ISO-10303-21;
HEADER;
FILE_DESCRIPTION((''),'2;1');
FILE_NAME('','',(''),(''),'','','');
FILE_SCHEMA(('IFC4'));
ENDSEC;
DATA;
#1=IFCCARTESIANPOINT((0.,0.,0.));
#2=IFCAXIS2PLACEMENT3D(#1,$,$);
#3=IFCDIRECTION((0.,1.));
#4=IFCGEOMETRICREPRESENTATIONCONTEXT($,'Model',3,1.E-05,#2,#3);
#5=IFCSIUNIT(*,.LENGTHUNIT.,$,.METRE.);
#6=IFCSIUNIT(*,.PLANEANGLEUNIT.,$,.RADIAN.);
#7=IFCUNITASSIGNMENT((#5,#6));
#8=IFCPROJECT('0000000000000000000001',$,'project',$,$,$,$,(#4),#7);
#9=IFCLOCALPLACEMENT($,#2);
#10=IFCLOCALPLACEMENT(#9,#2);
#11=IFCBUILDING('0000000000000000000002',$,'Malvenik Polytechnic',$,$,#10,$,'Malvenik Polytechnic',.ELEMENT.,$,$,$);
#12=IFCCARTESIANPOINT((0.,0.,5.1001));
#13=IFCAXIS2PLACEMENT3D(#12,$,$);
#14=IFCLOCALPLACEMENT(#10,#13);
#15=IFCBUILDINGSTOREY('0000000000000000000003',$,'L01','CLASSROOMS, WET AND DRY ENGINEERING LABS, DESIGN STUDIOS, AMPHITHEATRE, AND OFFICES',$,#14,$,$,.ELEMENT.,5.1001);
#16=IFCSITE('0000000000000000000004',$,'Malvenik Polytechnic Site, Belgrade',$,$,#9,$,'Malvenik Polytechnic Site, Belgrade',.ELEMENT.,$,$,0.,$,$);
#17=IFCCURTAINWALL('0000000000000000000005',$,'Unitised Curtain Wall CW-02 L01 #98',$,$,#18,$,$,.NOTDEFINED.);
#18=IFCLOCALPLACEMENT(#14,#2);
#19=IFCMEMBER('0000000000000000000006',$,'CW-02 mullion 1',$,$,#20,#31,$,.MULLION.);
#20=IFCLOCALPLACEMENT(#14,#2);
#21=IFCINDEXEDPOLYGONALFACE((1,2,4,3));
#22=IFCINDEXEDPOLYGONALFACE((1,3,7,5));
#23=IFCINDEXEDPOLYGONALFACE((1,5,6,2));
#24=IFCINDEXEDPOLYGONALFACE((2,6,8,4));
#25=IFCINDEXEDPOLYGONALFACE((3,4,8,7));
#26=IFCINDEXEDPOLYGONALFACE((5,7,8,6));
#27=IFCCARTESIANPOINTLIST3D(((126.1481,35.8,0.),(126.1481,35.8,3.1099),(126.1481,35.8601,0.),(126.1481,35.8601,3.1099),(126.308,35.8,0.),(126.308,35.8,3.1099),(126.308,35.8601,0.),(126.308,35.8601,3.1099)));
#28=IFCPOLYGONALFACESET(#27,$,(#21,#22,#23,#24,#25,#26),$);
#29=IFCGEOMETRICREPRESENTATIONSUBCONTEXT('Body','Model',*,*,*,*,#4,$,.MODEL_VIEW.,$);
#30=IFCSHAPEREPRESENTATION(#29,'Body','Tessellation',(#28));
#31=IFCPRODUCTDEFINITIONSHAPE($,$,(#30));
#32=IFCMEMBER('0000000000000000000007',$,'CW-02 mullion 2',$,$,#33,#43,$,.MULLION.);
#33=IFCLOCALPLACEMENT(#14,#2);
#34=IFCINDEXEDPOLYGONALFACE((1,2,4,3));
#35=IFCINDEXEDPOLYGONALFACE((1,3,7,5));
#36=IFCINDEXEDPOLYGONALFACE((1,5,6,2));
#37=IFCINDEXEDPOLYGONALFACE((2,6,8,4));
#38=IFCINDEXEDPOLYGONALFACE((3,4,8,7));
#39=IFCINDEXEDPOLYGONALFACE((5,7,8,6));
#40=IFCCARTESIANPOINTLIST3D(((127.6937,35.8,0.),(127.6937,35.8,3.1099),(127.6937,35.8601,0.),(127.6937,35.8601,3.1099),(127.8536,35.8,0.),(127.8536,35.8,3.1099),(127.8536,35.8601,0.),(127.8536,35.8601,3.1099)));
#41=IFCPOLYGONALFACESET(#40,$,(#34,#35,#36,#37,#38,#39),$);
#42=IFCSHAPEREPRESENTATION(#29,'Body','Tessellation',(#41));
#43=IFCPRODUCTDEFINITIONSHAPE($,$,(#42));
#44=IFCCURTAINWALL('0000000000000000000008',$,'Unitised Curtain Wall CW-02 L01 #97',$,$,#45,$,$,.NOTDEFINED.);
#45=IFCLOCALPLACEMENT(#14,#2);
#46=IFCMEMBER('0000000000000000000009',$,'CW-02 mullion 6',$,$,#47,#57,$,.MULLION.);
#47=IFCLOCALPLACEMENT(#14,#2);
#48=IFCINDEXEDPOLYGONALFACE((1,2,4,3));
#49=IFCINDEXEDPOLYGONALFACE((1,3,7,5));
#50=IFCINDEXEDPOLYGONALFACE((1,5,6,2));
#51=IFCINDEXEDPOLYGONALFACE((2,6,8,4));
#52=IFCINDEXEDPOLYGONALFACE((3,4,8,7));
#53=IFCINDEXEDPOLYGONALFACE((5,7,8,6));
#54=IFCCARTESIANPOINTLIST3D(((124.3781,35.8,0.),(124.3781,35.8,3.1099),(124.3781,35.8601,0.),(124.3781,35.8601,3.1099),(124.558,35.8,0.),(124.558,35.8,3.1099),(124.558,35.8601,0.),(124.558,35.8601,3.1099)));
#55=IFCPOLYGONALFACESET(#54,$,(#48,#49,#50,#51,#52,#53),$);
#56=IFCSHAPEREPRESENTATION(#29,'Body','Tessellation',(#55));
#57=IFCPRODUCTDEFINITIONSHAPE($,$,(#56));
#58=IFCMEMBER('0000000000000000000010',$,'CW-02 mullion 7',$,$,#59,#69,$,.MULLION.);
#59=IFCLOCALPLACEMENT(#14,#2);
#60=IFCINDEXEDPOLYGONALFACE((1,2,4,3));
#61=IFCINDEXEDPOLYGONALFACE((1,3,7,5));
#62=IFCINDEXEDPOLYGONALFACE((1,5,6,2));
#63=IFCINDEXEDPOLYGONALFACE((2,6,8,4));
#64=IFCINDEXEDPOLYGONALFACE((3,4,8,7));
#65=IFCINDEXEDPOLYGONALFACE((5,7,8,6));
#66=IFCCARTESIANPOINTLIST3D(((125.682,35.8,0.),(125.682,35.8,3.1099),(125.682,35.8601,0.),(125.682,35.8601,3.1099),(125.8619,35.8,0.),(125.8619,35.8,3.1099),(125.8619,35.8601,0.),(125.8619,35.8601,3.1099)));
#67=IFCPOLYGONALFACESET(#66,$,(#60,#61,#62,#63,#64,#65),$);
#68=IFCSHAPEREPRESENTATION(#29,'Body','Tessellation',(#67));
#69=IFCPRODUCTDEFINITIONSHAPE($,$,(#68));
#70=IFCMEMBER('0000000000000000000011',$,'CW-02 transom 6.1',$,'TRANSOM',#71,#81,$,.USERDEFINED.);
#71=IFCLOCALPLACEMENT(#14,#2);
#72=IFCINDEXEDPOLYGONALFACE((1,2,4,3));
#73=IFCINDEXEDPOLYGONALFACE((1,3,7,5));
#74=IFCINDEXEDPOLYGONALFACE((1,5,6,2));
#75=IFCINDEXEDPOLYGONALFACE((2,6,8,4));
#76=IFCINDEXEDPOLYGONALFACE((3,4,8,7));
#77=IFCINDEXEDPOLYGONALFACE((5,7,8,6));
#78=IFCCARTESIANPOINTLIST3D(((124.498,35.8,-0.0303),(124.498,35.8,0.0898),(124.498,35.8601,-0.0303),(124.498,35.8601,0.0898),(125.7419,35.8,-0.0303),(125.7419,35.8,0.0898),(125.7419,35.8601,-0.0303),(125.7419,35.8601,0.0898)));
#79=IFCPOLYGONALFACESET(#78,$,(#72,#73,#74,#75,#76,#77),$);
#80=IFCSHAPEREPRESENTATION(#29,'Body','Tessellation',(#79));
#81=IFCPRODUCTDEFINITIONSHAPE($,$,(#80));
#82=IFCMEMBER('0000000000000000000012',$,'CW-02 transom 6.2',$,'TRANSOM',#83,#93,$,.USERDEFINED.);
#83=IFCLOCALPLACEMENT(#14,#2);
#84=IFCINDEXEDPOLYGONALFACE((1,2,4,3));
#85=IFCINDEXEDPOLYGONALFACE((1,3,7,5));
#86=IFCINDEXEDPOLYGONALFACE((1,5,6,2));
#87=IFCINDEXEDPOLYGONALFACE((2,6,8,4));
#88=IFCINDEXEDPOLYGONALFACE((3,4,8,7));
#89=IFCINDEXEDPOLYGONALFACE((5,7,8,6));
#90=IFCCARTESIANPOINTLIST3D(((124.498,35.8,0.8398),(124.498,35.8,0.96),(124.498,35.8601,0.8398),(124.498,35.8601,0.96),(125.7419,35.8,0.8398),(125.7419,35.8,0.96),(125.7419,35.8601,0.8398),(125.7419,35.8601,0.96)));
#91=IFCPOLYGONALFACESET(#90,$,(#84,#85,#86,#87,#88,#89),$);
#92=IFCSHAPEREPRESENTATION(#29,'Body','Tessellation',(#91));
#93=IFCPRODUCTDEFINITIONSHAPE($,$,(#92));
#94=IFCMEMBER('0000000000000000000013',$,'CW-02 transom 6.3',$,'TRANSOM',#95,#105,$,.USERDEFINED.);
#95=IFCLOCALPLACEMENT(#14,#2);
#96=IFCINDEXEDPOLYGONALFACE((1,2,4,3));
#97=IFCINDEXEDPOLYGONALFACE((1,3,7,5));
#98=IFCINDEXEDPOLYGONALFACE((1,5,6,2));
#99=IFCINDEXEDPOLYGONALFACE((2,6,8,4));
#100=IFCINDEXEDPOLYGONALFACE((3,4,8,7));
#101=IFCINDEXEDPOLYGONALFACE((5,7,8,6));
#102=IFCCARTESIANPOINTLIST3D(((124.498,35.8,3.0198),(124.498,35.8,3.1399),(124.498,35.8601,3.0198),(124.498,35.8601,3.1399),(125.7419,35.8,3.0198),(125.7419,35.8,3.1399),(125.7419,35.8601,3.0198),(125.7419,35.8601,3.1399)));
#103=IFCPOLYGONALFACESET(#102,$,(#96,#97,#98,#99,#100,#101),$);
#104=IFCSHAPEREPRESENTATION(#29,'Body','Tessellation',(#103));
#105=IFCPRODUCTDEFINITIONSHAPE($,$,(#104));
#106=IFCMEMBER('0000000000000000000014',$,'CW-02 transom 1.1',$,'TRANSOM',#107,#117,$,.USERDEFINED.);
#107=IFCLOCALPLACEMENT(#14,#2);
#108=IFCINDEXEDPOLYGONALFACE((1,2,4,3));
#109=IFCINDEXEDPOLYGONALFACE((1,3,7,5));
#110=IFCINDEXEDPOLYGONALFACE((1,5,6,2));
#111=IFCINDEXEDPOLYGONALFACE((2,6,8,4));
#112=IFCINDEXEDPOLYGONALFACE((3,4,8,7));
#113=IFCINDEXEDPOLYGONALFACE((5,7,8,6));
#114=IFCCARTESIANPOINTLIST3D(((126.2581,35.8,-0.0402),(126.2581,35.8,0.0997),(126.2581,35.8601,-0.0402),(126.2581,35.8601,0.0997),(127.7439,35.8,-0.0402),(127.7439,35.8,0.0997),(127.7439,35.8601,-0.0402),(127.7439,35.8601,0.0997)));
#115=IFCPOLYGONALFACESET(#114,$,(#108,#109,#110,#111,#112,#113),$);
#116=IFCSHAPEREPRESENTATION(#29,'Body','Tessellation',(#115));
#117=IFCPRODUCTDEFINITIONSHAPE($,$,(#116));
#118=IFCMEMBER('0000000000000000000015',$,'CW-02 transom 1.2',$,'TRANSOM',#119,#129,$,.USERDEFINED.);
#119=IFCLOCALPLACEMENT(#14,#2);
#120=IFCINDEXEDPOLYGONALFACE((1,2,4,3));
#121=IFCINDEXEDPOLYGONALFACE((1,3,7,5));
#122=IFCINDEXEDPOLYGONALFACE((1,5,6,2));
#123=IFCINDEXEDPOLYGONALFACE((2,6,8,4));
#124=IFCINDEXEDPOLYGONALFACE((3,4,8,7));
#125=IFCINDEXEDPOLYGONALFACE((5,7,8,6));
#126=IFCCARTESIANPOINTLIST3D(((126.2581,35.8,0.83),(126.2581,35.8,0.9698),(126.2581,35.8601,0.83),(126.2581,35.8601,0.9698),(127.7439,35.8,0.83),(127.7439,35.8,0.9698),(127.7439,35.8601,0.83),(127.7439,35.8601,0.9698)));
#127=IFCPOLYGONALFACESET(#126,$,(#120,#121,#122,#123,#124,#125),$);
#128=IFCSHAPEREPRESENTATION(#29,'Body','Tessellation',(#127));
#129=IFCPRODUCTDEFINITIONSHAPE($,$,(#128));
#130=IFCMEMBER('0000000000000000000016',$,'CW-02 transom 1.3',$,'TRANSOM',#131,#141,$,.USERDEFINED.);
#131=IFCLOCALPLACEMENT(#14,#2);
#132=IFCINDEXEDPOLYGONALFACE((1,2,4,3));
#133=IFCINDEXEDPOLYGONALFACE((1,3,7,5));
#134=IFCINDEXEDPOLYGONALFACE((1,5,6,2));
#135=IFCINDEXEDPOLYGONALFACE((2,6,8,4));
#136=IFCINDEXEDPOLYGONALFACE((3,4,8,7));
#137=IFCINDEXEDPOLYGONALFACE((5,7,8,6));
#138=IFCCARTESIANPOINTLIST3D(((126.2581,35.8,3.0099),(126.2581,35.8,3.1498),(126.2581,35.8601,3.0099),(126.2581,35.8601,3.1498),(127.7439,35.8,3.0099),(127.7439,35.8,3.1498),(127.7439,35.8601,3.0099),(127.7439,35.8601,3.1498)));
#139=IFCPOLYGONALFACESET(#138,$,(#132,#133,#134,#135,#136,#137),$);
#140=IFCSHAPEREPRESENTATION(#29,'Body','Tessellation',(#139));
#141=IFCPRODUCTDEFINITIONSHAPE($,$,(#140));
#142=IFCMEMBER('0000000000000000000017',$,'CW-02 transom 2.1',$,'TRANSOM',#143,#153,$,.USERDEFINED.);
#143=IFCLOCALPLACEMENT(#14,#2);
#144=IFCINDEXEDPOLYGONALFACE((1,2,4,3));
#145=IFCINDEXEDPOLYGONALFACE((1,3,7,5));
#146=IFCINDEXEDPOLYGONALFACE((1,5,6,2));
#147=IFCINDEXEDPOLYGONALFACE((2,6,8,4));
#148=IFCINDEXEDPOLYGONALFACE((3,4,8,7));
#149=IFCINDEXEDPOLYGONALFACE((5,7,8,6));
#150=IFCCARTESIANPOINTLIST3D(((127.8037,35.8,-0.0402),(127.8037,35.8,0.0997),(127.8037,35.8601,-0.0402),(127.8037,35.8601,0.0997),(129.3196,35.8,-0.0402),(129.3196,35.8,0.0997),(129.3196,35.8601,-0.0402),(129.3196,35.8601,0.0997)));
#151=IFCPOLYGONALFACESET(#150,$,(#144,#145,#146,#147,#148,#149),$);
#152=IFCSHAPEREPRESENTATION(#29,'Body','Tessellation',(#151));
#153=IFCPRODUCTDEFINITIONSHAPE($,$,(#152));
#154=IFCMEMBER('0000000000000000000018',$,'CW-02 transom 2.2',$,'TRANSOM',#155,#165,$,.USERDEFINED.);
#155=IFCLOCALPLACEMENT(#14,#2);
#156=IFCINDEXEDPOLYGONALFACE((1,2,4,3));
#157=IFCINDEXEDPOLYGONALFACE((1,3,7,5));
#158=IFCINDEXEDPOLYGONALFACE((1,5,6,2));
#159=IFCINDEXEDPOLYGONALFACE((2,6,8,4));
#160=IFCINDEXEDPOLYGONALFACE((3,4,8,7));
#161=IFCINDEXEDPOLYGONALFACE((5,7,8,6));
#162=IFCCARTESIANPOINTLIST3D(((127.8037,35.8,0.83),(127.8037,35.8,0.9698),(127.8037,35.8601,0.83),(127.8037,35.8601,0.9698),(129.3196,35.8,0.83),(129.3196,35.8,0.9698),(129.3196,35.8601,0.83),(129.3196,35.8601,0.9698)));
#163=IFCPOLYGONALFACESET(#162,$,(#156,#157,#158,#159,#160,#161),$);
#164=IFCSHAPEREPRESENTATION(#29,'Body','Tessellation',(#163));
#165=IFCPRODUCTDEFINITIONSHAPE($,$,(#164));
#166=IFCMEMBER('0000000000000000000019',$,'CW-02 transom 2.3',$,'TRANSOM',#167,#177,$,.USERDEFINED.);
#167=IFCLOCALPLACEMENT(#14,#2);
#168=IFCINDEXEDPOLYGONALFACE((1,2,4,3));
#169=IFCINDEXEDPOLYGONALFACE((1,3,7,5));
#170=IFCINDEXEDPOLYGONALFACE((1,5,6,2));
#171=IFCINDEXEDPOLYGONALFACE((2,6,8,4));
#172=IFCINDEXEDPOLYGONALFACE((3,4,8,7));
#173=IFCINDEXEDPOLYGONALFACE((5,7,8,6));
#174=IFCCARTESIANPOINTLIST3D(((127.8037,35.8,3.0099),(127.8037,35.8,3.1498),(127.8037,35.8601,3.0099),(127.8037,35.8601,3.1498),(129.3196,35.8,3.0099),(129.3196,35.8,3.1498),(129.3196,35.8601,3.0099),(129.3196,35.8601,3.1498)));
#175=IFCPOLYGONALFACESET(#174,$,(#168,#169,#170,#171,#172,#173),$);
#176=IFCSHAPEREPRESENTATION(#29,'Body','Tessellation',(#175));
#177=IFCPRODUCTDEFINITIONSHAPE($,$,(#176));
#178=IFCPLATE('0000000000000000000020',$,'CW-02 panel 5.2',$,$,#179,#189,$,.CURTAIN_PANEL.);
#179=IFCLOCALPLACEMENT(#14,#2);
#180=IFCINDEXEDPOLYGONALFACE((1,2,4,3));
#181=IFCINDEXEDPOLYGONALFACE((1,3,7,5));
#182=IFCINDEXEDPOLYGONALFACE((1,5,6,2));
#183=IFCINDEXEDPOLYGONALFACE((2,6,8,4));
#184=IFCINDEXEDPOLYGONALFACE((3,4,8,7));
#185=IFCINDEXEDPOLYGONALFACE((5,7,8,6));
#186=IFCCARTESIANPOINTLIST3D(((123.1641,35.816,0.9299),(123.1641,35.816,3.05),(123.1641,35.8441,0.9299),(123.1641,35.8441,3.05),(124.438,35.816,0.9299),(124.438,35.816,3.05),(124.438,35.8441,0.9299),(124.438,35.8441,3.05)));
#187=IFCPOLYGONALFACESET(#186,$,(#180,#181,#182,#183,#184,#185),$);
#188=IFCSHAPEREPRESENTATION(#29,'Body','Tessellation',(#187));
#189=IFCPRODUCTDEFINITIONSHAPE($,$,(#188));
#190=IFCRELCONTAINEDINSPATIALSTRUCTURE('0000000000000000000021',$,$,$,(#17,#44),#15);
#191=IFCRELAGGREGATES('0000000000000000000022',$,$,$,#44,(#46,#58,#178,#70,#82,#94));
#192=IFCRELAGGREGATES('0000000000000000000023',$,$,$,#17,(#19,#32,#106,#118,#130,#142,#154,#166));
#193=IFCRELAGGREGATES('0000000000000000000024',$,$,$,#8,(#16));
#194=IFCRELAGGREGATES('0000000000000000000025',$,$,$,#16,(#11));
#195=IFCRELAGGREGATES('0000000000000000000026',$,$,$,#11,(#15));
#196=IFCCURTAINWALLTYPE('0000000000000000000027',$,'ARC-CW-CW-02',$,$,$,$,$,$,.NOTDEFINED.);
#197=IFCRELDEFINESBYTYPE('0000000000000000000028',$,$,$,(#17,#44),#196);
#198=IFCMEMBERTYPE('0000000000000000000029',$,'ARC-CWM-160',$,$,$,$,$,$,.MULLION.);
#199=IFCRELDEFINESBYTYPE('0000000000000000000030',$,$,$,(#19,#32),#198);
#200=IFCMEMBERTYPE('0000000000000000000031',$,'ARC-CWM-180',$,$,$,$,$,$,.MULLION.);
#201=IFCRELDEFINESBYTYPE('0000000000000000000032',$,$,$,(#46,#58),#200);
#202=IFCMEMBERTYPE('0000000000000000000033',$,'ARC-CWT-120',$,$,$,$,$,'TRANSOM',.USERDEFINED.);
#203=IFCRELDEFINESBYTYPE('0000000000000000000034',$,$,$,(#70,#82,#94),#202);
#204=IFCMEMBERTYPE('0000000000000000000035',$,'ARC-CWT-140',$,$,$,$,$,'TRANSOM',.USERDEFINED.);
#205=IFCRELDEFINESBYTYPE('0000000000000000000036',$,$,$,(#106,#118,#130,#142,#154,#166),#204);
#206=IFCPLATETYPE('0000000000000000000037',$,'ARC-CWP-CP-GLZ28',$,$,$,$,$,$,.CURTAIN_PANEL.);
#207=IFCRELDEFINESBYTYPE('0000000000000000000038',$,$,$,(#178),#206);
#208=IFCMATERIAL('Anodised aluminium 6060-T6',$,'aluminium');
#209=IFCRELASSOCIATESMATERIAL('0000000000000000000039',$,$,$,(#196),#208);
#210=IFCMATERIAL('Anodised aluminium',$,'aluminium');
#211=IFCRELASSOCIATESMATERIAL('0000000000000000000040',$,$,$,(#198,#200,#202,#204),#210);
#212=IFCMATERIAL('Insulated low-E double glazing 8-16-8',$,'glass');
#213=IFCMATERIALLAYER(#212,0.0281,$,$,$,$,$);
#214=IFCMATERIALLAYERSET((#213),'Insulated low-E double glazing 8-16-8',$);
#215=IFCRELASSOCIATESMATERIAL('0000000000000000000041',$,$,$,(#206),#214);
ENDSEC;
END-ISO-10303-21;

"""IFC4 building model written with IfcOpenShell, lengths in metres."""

from ifc_helpers import new_model, si_unit, direction, frame, origin, origin_2d, place, context, subcontext, project, spatial, rectangle, extrude, material, layer, layer_set, material_profile, profile_set, type_object, element, aggregate, save


model = new_model("IFC4")

# Units and contexts
model_context = context("Model", 3, precision=1e-05, world=origin(), true_north=direction((0.0, 1.0)))
body_context = subcontext(model_context, "Body", "Model", "MODEL_VIEW")
ifc_project = project(units=[si_unit("LENGTHUNIT", "METRE"), si_unit("PLANEANGLEUNIT", "RADIAN")], contexts=[model_context])

# Site, building, storey
site_placement = place(None, origin())
site = spatial("IfcSite", under=ifc_project, at=site_placement, Name="Malvenik Polytechnic Site, Belgrade", LongName="Malvenik Polytechnic Site, Belgrade", CompositionType="ELEMENT", RefElevation=0.0)
building_placement = place(site_placement, origin())
building = spatial("IfcBuilding", under=site, at=building_placement, Name="Malvenik Polytechnic", LongName="Malvenik Polytechnic", CompositionType="ELEMENT")
storey_placement = place(building_placement, frame((0.0, 0.0, 5.1001)))
storey = spatial("IfcBuildingStorey", under=building, at=storey_placement, Name="L01", Description="CLASSROOMS, WET AND DRY ENGINEERING LABS, DESIGN STUDIOS, AMPHITHEATRE, AND OFFICES", CompositionType="ELEMENT", Elevation=5.1001)

# Curtain walls, members
ifc_material_1 = material(Name="Anodised aluminium 6060-T6", Category="aluminium")
curtain_wall_type = type_object("IfcCurtainWallType", Name="ARC-CW-CW-02", PredefinedType="NOTDEFINED", material=ifc_material_1)
curtain_wall_1_placement = place(storey_placement, origin())
curtain_wall_1 = element("IfcCurtainWall", 1, at=curtain_wall_1_placement, inside=storey, type_object=curtain_wall_type, Name="Unitised Curtain Wall CW-02 L01 #98", PredefinedType="NOTDEFINED")
ifc_material_2 = material(Name="Anodised aluminium", Category="aluminium")
ifc_material_profile_1 = material_profile(ifc_material_2, rectangle(XDim=0.0601, YDim=0.1599, at=origin_2d()), Name="ALU MULLION 60x160")
ifc_profile_set_1 = profile_set([ifc_material_profile_1], Name="Anodised aluminium")
member_type_1 = type_object("IfcMemberType", Name="ARC-CWM-160", PredefinedType="MULLION", material=ifc_profile_set_1)
member_1_placement = place(storey_placement, frame((126.228, 35.8301, 0.0), z_axis=(0.0, 0.0, 1.0), x_axis=(0.0, 1.0, 0.0)))
member_1 = element("IfcMember", 2, at=member_1_placement, type_object=member_type_1, Name="CW-02 mullion 1", PredefinedType="MULLION", context=body_context, shape_type="SweptSolid", body=[
    extrude(rectangle(XDim=0.0601, YDim=0.1599, at=origin_2d()), origin(), (0.0, 0.0, 1.0), 3.1099),
])
member_2_placement = place(storey_placement, frame((127.7737, 35.8301, 0.0), z_axis=(0.0, 0.0, 1.0), x_axis=(0.0, 1.0, 0.0)))
member_2 = element("IfcMember", 3, at=member_2_placement, type_object=member_type_1, Name="CW-02 mullion 2", PredefinedType="MULLION", context=body_context, shape_type="SweptSolid", body=[
    extrude(rectangle(XDim=0.0601, YDim=0.1599, at=origin_2d()), origin(), (0.0, 0.0, 1.0), 3.1099),
])
curtain_wall_2_placement = place(storey_placement, origin())
curtain_wall_2 = element("IfcCurtainWall", 4, at=curtain_wall_2_placement, inside=storey, type_object=curtain_wall_type, Name="Unitised Curtain Wall CW-02 L01 #97", PredefinedType="NOTDEFINED")
ifc_material_profile_2 = material_profile(ifc_material_2, rectangle(XDim=0.0601, YDim=0.1799, at=origin_2d()), Name="ALU MULLION 60x180")
ifc_profile_set_2 = profile_set([ifc_material_profile_2], Name="Anodised aluminium")
member_type_2 = type_object("IfcMemberType", Name="ARC-CWM-180", PredefinedType="MULLION", material=ifc_profile_set_2)
member_3_placement = place(storey_placement, frame((124.468, 35.8301, 0.0), z_axis=(0.0, 0.0, 1.0), x_axis=(0.0, 1.0, 0.0)))
member_3 = element("IfcMember", 5, at=member_3_placement, type_object=member_type_2, Name="CW-02 mullion 6", PredefinedType="MULLION", context=body_context, shape_type="SweptSolid", body=[
    extrude(rectangle(XDim=0.0601, YDim=0.1799, at=origin_2d()), origin(), (0.0, 0.0, 1.0), 3.1099),
])
member_4_placement = place(storey_placement, frame((125.772, 35.8301, 0.0), z_axis=(0.0, 0.0, 1.0), x_axis=(0.0, 1.0, 0.0)))
member_4 = element("IfcMember", 6, at=member_4_placement, type_object=member_type_2, Name="CW-02 mullion 7", PredefinedType="MULLION", context=body_context, shape_type="SweptSolid", body=[
    extrude(rectangle(XDim=0.0601, YDim=0.1799, at=origin_2d()), origin(), (0.0, 0.0, 1.0), 3.1099),
])
ifc_material_profile_3 = material_profile(ifc_material_2, rectangle(XDim=0.0601, YDim=0.1201, at=origin_2d()), Name="ALU TRANSOM 60x120")
ifc_profile_set_3 = profile_set([ifc_material_profile_3], Name="Anodised aluminium")
member_type_3 = type_object("IfcMemberType", Name="ARC-CWT-120", ElementType="TRANSOM", PredefinedType="USERDEFINED", material=ifc_profile_set_3)
member_5_placement = place(storey_placement, frame((124.498, 35.8301, 0.0298), z_axis=(1.0, 0.0, 0.0), x_axis=(0.0, 1.0, 0.0)))
member_5 = element("IfcMember", 7, at=member_5_placement, type_object=member_type_3, Name="CW-02 transom 6.1", ObjectType="TRANSOM", PredefinedType="USERDEFINED", context=body_context, shape_type="SweptSolid", body=[
    extrude(rectangle(XDim=0.0601, YDim=0.1201, at=origin_2d()), origin(), (0.0, 0.0, 1.0), 1.2439),
])
member_6_placement = place(storey_placement, frame((124.498, 35.8301, 0.8999), z_axis=(1.0, 0.0, 0.0), x_axis=(0.0, 1.0, 0.0)))
member_6 = element("IfcMember", 8, at=member_6_placement, type_object=member_type_3, Name="CW-02 transom 6.2", ObjectType="TRANSOM", PredefinedType="USERDEFINED", context=body_context, shape_type="SweptSolid", body=[
    extrude(rectangle(XDim=0.0601, YDim=0.1201, at=origin_2d()), origin(), (0.0, 0.0, 1.0), 1.2439),
])
member_7_placement = place(storey_placement, frame((124.498, 35.8301, 3.0798), z_axis=(1.0, 0.0, 0.0), x_axis=(0.0, 1.0, 0.0)))
member_7 = element("IfcMember", 9, at=member_7_placement, type_object=member_type_3, Name="CW-02 transom 6.3", ObjectType="TRANSOM", PredefinedType="USERDEFINED", context=body_context, shape_type="SweptSolid", body=[
    extrude(rectangle(XDim=0.0601, YDim=0.1201, at=origin_2d()), origin(), (0.0, 0.0, 1.0), 1.2439),
])

# Members
ifc_material_profile_4 = material_profile(ifc_material_2, rectangle(XDim=0.0601, YDim=0.1399, at=origin_2d()), Name="ALU TRANSOM 60x140")
ifc_profile_set_4 = profile_set([ifc_material_profile_4], Name="Anodised aluminium")
member_type_4 = type_object("IfcMemberType", Name="ARC-CWT-140", ElementType="TRANSOM", PredefinedType="USERDEFINED", material=ifc_profile_set_4)
member_8_placement = place(storey_placement, frame((126.2581, 35.8301, 0.0298), z_axis=(1.0, 0.0, 0.0), x_axis=(0.0, 1.0, 0.0)))
member_8 = element("IfcMember", 10, at=member_8_placement, type_object=member_type_4, Name="CW-02 transom 1.1", ObjectType="TRANSOM", PredefinedType="USERDEFINED", context=body_context, shape_type="SweptSolid", body=[
    extrude(rectangle(XDim=0.0601, YDim=0.1399, at=origin_2d()), origin(), (0.0, 0.0, 1.0), 1.4858),
])
member_9_placement = place(storey_placement, frame((126.2581, 35.8301, 0.8999), z_axis=(1.0, 0.0, 0.0), x_axis=(0.0, 1.0, 0.0)))
member_9 = element("IfcMember", 11, at=member_9_placement, type_object=member_type_4, Name="CW-02 transom 1.2", ObjectType="TRANSOM", PredefinedType="USERDEFINED", context=body_context, shape_type="SweptSolid", body=[
    extrude(rectangle(XDim=0.0601, YDim=0.1399, at=origin_2d()), origin(), (0.0, 0.0, 1.0), 1.4858),
])
member_10_placement = place(storey_placement, frame((126.2581, 35.8301, 3.0798), z_axis=(1.0, 0.0, 0.0), x_axis=(0.0, 1.0, 0.0)))
member_10 = element("IfcMember", 12, at=member_10_placement, type_object=member_type_4, Name="CW-02 transom 1.3", ObjectType="TRANSOM", PredefinedType="USERDEFINED", context=body_context, shape_type="SweptSolid", body=[
    extrude(rectangle(XDim=0.0601, YDim=0.1399, at=origin_2d()), origin(), (0.0, 0.0, 1.0), 1.4858),
])
member_11_placement = place(storey_placement, frame((127.8037, 35.8301, 0.0298), z_axis=(1.0, 0.0, 0.0), x_axis=(0.0, 1.0, 0.0)))
member_11 = element("IfcMember", 13, at=member_11_placement, type_object=member_type_4, Name="CW-02 transom 2.1", ObjectType="TRANSOM", PredefinedType="USERDEFINED", context=body_context, shape_type="SweptSolid", body=[
    extrude(rectangle(XDim=0.0601, YDim=0.1399, at=origin_2d()), origin(), (0.0, 0.0, 1.0), 1.5159),
])
member_12_placement = place(storey_placement, frame((127.8037, 35.8301, 0.8999), z_axis=(1.0, 0.0, 0.0), x_axis=(0.0, 1.0, 0.0)))
member_12 = element("IfcMember", 14, at=member_12_placement, type_object=member_type_4, Name="CW-02 transom 2.2", ObjectType="TRANSOM", PredefinedType="USERDEFINED", context=body_context, shape_type="SweptSolid", body=[
    extrude(rectangle(XDim=0.0601, YDim=0.1399, at=origin_2d()), origin(), (0.0, 0.0, 1.0), 1.5159),
])
member_13_placement = place(storey_placement, frame((127.8037, 35.8301, 3.0798), z_axis=(1.0, 0.0, 0.0), x_axis=(0.0, 1.0, 0.0)))
member_13 = element("IfcMember", 15, at=member_13_placement, type_object=member_type_4, Name="CW-02 transom 2.3", ObjectType="TRANSOM", PredefinedType="USERDEFINED", context=body_context, shape_type="SweptSolid", body=[
    extrude(rectangle(XDim=0.0601, YDim=0.1399, at=origin_2d()), origin(), (0.0, 0.0, 1.0), 1.5159),
])

# Plate
ifc_material_3 = material(Name="Insulated low-E double glazing 8-16-8", Category="glass")
ifc_layer_1 = layer(ifc_material_3, 0.0281)
ifc_layer_set_1 = layer_set([ifc_layer_1], Name="Insulated low-E double glazing 8-16-8")
plate_type_1 = type_object("IfcPlateType", Name="ARC-CWP-CP-GLZ28", PredefinedType="CURTAIN_PANEL", material=ifc_layer_set_1)
plate_1_placement = place(storey_placement, frame((123.801, 35.8301, 0.9299), z_axis=(0.0, 0.0, 1.0), x_axis=(1.0, 0.0, 0.0)))
plate_1 = element("IfcPlate", 16, at=plate_1_placement, type_object=plate_type_1, Name="CW-02 panel 5.2", PredefinedType="CURTAIN_PANEL", context=body_context, shape_type="SweptSolid", body=[
    extrude(rectangle(XDim=1.2739, YDim=0.0281, at=origin_2d()), origin(), (0.0, 0.0, 1.0), 2.1201),
])
aggregate(curtain_wall_2, [member_3, member_4, plate_1, member_5, member_6, member_7])
aggregate(curtain_wall_1, [member_1, member_2, member_8, member_9, member_10, member_11, member_12, member_13])

save(model, "model.ifc")
